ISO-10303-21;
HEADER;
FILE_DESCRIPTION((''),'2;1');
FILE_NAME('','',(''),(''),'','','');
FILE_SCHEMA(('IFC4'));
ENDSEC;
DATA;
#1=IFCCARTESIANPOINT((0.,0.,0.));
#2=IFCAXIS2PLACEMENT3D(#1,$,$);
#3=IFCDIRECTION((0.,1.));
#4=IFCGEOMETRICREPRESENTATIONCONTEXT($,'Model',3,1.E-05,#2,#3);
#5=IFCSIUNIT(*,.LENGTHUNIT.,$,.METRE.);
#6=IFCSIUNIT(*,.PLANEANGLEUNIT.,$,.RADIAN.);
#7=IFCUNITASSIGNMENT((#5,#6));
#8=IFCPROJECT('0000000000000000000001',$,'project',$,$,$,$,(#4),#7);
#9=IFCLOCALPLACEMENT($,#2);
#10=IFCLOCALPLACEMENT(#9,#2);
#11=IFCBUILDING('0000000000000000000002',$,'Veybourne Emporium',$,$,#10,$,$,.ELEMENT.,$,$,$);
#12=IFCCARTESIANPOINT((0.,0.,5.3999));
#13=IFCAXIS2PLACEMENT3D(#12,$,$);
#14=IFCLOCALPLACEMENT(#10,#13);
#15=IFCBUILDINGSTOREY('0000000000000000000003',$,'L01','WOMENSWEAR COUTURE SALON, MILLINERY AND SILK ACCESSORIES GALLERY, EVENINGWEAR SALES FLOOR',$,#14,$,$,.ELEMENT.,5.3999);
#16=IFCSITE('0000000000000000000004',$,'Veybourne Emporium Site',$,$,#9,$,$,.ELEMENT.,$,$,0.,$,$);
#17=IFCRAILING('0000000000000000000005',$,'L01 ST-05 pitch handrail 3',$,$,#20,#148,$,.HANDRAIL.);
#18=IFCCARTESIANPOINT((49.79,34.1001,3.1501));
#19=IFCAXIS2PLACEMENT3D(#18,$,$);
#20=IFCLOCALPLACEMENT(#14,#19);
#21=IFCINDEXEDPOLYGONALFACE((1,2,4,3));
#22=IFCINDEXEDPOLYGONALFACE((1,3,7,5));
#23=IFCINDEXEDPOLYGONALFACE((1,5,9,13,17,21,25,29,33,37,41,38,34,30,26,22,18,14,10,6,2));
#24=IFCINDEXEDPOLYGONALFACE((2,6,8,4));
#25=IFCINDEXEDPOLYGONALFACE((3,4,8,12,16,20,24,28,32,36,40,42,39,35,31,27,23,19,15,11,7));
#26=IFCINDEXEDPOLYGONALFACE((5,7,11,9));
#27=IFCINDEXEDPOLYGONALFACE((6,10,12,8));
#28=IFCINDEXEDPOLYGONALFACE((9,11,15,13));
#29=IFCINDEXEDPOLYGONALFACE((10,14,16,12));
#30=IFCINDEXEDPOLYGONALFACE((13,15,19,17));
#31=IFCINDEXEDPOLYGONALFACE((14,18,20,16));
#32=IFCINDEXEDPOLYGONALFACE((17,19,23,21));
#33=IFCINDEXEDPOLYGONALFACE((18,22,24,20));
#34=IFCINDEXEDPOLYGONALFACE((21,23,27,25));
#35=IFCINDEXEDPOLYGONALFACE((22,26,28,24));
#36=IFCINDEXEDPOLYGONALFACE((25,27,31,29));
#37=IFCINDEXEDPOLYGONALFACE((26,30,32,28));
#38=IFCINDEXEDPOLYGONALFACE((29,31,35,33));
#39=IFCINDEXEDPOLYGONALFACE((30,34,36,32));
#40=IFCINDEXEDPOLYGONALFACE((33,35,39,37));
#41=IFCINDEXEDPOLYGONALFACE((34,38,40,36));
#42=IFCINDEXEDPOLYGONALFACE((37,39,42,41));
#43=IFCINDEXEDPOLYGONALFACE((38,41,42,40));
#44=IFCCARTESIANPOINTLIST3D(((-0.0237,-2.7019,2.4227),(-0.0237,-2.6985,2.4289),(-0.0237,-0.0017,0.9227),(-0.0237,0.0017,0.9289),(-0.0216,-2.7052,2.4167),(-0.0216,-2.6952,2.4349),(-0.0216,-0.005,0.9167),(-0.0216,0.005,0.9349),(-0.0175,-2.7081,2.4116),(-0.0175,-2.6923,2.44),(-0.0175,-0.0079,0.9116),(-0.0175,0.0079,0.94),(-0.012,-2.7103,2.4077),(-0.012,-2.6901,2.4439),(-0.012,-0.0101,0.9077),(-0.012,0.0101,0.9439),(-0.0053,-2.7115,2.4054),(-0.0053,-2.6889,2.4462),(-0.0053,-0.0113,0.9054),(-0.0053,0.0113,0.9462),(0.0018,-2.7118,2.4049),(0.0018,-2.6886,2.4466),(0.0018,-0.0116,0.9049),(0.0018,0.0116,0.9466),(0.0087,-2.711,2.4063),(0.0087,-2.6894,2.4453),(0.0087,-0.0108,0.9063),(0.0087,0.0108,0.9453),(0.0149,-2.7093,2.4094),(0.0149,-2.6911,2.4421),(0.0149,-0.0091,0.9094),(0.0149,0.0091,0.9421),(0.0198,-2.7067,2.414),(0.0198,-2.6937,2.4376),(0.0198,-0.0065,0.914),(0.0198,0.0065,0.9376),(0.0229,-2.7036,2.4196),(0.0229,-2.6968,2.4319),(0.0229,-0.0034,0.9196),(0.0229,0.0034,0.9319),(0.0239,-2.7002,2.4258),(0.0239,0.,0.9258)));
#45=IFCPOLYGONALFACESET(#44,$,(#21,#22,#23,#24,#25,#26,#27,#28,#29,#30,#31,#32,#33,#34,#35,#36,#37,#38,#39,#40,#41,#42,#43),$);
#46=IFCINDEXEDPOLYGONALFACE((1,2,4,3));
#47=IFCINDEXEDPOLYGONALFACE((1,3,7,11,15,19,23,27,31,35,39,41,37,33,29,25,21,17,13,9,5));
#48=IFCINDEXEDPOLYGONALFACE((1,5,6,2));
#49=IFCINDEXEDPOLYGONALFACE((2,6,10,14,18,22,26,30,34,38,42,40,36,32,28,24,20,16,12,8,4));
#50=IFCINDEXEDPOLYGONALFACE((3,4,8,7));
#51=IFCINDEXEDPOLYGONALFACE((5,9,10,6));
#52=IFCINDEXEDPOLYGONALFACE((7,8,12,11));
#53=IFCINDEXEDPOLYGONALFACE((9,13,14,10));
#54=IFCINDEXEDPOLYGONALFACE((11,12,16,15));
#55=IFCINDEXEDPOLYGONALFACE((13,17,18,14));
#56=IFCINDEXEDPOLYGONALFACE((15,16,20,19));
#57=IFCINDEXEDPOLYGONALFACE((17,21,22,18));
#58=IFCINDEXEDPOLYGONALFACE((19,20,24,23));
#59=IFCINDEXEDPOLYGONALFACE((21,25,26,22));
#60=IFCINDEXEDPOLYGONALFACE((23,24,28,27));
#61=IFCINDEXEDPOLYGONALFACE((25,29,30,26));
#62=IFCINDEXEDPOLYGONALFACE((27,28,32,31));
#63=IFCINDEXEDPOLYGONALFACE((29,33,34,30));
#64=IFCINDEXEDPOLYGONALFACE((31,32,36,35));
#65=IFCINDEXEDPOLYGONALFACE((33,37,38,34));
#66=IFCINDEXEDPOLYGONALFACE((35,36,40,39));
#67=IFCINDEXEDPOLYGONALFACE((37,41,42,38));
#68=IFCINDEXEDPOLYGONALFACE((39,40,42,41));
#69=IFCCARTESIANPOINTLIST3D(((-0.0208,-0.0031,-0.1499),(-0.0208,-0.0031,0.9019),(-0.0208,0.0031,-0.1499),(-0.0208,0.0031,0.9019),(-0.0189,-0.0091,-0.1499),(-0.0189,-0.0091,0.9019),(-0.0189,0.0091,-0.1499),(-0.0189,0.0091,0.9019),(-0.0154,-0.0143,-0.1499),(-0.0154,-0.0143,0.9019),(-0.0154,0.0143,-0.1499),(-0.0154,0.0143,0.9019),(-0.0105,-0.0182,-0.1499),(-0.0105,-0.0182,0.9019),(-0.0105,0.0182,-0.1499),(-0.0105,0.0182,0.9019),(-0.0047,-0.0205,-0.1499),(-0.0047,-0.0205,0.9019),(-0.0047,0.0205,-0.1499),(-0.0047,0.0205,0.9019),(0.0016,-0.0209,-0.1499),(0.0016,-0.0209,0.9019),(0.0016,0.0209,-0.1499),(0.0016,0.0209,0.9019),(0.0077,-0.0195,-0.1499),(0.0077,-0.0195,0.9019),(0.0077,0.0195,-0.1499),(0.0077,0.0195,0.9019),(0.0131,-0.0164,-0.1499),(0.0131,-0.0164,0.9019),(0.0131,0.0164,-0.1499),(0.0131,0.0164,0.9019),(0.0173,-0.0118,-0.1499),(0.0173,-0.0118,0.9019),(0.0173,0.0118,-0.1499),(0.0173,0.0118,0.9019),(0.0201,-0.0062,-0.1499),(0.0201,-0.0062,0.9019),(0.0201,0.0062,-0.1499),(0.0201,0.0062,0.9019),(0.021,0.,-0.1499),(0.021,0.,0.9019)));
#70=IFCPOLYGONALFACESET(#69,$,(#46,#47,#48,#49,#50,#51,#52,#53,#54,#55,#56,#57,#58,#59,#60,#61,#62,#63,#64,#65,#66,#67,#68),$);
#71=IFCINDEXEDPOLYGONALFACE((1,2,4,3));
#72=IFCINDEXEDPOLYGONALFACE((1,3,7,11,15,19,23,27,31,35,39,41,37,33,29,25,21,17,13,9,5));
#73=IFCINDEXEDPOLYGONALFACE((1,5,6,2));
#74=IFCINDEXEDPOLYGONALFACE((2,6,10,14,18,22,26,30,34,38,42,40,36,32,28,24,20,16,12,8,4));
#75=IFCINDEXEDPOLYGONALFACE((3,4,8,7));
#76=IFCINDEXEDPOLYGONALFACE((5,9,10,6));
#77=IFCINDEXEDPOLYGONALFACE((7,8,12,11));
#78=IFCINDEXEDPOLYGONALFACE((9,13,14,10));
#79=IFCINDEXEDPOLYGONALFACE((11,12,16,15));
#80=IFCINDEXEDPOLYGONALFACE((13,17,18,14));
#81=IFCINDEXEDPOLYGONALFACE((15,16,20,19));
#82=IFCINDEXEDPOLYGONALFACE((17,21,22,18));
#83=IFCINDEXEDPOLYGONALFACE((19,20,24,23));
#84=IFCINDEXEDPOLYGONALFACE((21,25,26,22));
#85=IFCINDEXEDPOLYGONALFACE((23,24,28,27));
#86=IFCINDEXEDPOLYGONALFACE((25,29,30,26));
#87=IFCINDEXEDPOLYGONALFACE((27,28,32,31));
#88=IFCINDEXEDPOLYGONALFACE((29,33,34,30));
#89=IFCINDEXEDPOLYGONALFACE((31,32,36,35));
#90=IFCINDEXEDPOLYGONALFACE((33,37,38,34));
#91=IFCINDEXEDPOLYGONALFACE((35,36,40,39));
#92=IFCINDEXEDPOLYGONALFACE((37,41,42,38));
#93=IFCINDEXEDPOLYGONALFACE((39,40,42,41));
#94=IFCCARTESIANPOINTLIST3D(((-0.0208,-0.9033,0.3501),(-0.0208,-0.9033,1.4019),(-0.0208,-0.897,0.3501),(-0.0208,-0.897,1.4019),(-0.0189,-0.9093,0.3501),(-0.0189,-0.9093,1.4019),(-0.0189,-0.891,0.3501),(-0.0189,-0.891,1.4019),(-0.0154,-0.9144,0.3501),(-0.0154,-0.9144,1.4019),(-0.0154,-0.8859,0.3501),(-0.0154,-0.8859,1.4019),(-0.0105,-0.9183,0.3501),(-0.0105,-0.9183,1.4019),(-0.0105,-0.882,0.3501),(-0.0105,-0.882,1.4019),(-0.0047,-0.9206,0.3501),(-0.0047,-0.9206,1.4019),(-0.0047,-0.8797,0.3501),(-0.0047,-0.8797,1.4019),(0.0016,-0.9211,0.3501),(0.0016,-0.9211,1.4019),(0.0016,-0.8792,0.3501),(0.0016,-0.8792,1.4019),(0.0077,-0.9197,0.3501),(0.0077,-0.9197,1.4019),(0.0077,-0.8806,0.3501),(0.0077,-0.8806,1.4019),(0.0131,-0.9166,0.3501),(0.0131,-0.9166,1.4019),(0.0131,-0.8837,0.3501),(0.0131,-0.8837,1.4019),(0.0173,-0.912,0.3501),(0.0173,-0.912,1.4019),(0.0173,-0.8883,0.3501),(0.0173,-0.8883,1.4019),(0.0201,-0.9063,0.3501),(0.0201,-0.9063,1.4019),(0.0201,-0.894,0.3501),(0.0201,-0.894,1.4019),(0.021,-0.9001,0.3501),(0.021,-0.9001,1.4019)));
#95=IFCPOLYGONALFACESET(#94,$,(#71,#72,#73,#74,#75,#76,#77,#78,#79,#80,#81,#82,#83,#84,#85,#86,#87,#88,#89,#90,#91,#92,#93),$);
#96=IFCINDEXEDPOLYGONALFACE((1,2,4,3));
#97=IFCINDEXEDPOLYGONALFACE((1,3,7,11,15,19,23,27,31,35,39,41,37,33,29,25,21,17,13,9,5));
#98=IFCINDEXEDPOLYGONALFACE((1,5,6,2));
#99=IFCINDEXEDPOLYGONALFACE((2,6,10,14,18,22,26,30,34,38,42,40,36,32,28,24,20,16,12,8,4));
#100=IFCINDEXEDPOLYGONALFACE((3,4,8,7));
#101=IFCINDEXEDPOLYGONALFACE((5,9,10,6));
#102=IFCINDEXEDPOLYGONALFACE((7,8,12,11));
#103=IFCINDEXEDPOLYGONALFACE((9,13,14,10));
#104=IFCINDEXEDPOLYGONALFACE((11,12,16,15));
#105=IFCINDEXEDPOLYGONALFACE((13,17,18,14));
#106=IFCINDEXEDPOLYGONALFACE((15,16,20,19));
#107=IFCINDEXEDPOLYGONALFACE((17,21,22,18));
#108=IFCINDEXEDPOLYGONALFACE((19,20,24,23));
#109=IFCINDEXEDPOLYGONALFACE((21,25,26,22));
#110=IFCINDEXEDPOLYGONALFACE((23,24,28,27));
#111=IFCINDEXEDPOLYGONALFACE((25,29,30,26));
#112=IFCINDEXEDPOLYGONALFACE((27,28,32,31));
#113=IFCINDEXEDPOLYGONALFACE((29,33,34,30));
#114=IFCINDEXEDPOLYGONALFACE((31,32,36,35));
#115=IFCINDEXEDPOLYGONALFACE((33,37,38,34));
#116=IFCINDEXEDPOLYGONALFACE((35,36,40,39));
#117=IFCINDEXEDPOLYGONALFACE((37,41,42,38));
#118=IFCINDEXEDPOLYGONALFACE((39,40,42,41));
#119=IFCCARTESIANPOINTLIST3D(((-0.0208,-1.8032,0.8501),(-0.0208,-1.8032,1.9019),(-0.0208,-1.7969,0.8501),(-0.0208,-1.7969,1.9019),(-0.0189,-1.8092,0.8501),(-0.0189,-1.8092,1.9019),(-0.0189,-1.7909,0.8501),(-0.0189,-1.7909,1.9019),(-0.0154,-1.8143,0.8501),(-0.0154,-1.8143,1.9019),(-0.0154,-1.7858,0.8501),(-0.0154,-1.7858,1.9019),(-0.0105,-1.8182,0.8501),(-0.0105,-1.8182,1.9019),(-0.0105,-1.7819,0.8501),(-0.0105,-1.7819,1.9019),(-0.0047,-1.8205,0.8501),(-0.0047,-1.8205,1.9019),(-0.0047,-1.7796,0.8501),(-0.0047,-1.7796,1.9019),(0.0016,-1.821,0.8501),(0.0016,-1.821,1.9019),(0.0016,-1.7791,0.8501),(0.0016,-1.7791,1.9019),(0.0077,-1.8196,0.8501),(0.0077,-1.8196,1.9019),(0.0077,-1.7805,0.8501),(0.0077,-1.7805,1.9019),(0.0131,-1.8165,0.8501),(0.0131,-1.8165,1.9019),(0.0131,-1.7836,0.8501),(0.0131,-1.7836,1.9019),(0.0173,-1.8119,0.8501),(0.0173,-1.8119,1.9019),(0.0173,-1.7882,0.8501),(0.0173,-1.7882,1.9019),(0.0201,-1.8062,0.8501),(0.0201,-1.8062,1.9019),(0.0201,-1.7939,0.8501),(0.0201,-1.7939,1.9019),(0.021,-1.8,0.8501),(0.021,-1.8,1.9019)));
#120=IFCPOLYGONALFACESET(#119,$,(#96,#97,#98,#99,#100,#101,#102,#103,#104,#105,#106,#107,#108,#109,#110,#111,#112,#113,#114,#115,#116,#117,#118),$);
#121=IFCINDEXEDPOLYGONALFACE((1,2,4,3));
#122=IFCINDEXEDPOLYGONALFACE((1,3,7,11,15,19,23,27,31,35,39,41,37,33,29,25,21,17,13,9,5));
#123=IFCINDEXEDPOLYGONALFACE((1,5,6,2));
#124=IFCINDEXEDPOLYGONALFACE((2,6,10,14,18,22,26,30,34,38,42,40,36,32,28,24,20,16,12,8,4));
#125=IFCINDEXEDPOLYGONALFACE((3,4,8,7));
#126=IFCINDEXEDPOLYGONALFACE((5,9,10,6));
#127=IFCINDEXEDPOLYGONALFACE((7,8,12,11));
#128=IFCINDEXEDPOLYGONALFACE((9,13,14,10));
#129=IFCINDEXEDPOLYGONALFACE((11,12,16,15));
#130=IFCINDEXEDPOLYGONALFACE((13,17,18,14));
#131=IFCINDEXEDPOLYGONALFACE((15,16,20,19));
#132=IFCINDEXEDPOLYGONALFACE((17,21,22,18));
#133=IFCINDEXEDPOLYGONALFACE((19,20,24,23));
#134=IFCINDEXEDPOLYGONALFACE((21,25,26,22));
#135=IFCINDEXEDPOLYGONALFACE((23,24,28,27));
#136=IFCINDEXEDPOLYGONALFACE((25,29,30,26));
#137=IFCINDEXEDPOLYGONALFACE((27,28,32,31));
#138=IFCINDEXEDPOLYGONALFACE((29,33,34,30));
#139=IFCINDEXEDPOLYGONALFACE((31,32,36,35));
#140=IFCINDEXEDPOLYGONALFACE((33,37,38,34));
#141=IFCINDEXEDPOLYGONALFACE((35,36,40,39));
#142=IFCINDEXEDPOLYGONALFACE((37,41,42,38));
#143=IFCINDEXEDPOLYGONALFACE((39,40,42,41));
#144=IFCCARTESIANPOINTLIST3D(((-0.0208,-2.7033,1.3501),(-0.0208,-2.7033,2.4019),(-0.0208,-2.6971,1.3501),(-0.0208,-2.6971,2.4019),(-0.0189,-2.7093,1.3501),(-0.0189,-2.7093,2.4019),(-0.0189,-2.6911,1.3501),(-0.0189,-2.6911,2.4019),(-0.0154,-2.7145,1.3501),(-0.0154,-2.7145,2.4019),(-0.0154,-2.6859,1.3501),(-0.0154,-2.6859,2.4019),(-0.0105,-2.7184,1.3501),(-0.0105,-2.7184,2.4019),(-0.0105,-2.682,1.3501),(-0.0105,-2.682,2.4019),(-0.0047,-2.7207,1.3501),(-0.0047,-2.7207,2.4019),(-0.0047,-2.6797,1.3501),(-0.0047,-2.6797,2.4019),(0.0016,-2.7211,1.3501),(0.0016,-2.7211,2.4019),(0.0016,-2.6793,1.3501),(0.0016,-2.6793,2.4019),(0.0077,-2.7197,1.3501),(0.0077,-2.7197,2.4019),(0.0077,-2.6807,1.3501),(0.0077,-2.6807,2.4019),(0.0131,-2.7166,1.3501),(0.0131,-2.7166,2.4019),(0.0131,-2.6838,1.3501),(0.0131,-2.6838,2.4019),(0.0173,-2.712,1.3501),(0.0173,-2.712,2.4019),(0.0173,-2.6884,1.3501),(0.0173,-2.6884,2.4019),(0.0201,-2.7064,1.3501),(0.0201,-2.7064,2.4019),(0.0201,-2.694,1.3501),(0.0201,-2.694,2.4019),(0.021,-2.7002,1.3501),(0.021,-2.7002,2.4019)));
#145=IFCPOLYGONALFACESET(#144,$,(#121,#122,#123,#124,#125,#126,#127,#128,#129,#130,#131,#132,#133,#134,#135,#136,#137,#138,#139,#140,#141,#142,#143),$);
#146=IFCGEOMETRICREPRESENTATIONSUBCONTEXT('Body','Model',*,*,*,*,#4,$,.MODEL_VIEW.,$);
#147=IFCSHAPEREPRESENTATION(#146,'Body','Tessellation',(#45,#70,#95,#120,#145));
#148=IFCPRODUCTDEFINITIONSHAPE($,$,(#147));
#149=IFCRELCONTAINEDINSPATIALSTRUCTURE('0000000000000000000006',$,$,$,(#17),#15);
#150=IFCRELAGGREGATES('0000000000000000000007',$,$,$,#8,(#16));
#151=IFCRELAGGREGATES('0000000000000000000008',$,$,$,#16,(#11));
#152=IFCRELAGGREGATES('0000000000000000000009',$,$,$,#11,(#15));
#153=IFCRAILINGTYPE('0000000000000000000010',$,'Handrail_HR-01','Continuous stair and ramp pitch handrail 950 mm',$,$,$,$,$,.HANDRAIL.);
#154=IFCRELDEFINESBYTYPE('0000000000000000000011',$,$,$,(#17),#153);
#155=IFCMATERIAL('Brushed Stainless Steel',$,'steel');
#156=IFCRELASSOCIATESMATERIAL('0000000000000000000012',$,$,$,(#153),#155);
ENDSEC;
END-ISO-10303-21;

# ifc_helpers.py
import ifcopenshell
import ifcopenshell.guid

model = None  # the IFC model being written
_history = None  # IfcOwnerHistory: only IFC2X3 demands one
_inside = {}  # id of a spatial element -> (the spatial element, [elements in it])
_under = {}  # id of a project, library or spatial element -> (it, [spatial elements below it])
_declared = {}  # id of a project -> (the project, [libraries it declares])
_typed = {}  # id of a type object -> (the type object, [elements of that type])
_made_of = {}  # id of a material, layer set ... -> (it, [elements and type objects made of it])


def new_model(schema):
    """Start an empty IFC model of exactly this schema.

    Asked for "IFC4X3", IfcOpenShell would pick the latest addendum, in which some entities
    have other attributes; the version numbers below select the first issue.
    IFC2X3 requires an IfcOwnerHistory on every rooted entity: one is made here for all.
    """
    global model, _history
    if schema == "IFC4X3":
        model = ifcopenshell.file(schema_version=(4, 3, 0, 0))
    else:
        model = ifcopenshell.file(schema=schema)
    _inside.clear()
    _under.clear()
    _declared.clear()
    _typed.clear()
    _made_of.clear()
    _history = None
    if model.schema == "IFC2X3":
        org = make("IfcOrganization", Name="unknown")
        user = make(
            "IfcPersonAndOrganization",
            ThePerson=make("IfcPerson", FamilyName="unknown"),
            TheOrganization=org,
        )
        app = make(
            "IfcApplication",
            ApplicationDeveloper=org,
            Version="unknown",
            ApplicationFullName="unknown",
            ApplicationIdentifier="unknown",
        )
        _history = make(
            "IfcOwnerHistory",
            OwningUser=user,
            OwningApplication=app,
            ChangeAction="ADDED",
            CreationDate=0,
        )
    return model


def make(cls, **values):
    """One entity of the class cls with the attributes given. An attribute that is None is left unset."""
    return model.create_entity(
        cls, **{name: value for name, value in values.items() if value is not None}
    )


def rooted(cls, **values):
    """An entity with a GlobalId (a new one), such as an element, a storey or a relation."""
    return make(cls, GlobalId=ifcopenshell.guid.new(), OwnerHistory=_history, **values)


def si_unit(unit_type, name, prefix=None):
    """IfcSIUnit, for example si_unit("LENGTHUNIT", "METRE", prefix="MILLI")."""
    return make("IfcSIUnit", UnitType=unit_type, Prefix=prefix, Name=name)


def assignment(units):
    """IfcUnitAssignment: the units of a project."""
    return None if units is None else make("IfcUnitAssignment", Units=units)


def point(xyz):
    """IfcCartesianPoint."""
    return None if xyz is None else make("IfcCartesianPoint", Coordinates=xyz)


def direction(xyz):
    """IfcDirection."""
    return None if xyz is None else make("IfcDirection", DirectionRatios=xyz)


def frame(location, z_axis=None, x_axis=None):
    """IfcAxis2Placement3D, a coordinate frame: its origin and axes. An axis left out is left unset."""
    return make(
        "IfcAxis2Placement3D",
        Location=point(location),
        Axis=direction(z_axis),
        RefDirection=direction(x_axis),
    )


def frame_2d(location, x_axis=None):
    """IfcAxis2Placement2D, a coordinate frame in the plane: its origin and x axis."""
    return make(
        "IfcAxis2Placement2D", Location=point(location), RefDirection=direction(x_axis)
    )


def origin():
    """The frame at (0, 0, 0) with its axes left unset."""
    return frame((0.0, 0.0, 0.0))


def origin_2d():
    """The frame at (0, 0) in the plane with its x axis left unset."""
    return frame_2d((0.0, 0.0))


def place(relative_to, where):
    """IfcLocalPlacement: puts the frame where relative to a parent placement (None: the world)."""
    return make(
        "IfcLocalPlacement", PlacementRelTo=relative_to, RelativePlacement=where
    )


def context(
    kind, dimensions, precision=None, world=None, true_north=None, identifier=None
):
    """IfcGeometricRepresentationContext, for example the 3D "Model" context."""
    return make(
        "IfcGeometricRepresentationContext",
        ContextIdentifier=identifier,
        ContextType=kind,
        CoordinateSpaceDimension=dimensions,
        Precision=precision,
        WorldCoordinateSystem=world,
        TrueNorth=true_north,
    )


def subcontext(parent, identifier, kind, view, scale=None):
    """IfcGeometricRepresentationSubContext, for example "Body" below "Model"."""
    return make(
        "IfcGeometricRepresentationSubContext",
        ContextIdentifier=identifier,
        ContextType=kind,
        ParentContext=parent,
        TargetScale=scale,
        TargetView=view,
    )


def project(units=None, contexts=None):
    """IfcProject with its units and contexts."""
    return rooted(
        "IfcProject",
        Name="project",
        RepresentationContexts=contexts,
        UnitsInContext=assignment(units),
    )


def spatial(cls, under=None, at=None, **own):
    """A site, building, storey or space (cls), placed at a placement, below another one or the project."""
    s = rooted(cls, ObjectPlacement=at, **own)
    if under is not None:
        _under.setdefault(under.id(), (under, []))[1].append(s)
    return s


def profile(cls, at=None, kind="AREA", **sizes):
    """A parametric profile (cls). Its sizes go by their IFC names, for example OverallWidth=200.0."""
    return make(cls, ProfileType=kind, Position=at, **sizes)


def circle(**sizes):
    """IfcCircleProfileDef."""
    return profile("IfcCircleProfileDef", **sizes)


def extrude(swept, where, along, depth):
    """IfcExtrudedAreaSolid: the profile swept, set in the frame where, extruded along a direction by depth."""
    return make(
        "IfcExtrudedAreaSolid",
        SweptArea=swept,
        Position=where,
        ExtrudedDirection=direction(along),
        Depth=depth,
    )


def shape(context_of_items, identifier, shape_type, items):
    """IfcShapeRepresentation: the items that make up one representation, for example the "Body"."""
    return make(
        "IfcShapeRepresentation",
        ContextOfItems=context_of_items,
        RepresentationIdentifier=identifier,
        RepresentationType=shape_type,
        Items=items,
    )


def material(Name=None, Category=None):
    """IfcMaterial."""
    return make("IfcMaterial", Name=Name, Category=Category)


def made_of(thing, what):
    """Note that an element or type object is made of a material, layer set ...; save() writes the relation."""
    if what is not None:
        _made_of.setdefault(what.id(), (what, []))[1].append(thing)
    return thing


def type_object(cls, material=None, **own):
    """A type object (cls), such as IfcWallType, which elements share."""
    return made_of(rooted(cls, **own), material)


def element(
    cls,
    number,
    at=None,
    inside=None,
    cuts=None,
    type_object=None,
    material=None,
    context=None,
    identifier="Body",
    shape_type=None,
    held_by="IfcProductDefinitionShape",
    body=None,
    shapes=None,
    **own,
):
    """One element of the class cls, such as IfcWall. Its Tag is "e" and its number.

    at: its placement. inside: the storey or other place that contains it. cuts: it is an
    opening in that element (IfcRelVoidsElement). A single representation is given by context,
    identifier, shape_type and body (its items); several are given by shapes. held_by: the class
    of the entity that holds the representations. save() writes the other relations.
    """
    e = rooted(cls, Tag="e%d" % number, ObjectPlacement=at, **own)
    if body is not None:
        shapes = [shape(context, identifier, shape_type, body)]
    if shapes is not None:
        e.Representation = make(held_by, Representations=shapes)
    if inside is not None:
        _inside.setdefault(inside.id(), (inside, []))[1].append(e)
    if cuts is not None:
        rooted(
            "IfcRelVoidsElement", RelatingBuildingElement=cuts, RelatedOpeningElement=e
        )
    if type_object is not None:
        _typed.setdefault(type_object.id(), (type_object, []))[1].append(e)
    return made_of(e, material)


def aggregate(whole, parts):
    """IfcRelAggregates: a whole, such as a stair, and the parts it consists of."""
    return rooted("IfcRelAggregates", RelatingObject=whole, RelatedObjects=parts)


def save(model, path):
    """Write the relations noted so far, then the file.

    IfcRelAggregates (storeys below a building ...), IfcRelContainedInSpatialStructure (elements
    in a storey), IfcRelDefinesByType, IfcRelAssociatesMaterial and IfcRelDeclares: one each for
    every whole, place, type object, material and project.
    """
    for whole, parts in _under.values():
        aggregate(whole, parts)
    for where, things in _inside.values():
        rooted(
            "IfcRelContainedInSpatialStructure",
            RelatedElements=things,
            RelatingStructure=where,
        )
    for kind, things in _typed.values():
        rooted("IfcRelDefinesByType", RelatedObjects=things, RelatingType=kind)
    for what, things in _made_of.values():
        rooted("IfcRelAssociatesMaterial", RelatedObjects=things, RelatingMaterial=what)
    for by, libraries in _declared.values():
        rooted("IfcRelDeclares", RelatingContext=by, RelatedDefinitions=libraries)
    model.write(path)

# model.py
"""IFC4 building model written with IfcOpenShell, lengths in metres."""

from ifc_helpers import new_model, si_unit, direction, frame, origin, origin_2d, place, context, subcontext, project, spatial, circle, extrude, material, type_object, element, save


model = new_model("IFC4")

# Units and contexts
model_context = context("Model", 3, precision=1e-05, world=origin(), true_north=direction((0.0, 1.0)))
body_context = subcontext(model_context, "Body", "Model", "MODEL_VIEW")
ifc_project = project(units=[si_unit("LENGTHUNIT", "METRE"), si_unit("PLANEANGLEUNIT", "RADIAN")], contexts=[model_context])

# Site, building, storey
site_placement = place(None, origin())
site = spatial("IfcSite", under=ifc_project, at=site_placement, Name="Veybourne Emporium Site", CompositionType="ELEMENT", RefElevation=0.0)
building_placement = place(site_placement, origin())
building = spatial("IfcBuilding", under=site, at=building_placement, Name="Veybourne Emporium", CompositionType="ELEMENT")
storey_placement = place(building_placement, frame((0.0, 0.0, 5.3999)))
storey = spatial("IfcBuildingStorey", under=building, at=storey_placement, Name="L01", Description="WOMENSWEAR COUTURE SALON, MILLINERY AND SILK ACCESSORIES GALLERY, EVENINGWEAR SALES FLOOR", CompositionType="ELEMENT", Elevation=5.3999)

# Railing
ifc_material_1 = material(Name="Brushed Stainless Steel", Category="steel")
railing_type_1 = type_object("IfcRailingType", Name="Handrail_HR-01", Description="Continuous stair and ramp pitch handrail 950 mm", PredefinedType="HANDRAIL", material=ifc_material_1)
railing_1_placement = place(storey_placement, frame((49.79, 34.1001, 3.1501)))
element("IfcRailing", 1, at=railing_1_placement, inside=storey, type_object=railing_type_1, Name="L01 ST-05 pitch handrail 3", PredefinedType="HANDRAIL", context=body_context, shape_type="SweptSolid", body=[
    extrude(circle(Radius=0.0239, at=origin_2d()), frame((0.0, 0.0, 0.9258), z_axis=(0.0, -0.874172, 0.485616), x_axis=(1.0, 0.0, 0.0)), (0.0, 0.0, 1.0), 3.0889),
    extrude(circle(Radius=0.021, at=origin_2d()), frame((0.0, 0.0, -0.1499)), (0.0, 0.0, 1.0), 1.0518),
    extrude(circle(Radius=0.021, at=origin_2d()), frame((0.0, -0.9001, 0.3501)), (0.0, 0.0, 1.0), 1.0518),
    extrude(circle(Radius=0.021, at=origin_2d()), frame((0.0, -1.8, 0.8501)), (0.0, 0.0, 1.0), 1.0518),
    extrude(circle(Radius=0.021, at=origin_2d()), frame((0.0, -2.7002, 1.3501)), (0.0, 0.0, 1.0), 1.0518),
])

save(model, "model.ifc")
